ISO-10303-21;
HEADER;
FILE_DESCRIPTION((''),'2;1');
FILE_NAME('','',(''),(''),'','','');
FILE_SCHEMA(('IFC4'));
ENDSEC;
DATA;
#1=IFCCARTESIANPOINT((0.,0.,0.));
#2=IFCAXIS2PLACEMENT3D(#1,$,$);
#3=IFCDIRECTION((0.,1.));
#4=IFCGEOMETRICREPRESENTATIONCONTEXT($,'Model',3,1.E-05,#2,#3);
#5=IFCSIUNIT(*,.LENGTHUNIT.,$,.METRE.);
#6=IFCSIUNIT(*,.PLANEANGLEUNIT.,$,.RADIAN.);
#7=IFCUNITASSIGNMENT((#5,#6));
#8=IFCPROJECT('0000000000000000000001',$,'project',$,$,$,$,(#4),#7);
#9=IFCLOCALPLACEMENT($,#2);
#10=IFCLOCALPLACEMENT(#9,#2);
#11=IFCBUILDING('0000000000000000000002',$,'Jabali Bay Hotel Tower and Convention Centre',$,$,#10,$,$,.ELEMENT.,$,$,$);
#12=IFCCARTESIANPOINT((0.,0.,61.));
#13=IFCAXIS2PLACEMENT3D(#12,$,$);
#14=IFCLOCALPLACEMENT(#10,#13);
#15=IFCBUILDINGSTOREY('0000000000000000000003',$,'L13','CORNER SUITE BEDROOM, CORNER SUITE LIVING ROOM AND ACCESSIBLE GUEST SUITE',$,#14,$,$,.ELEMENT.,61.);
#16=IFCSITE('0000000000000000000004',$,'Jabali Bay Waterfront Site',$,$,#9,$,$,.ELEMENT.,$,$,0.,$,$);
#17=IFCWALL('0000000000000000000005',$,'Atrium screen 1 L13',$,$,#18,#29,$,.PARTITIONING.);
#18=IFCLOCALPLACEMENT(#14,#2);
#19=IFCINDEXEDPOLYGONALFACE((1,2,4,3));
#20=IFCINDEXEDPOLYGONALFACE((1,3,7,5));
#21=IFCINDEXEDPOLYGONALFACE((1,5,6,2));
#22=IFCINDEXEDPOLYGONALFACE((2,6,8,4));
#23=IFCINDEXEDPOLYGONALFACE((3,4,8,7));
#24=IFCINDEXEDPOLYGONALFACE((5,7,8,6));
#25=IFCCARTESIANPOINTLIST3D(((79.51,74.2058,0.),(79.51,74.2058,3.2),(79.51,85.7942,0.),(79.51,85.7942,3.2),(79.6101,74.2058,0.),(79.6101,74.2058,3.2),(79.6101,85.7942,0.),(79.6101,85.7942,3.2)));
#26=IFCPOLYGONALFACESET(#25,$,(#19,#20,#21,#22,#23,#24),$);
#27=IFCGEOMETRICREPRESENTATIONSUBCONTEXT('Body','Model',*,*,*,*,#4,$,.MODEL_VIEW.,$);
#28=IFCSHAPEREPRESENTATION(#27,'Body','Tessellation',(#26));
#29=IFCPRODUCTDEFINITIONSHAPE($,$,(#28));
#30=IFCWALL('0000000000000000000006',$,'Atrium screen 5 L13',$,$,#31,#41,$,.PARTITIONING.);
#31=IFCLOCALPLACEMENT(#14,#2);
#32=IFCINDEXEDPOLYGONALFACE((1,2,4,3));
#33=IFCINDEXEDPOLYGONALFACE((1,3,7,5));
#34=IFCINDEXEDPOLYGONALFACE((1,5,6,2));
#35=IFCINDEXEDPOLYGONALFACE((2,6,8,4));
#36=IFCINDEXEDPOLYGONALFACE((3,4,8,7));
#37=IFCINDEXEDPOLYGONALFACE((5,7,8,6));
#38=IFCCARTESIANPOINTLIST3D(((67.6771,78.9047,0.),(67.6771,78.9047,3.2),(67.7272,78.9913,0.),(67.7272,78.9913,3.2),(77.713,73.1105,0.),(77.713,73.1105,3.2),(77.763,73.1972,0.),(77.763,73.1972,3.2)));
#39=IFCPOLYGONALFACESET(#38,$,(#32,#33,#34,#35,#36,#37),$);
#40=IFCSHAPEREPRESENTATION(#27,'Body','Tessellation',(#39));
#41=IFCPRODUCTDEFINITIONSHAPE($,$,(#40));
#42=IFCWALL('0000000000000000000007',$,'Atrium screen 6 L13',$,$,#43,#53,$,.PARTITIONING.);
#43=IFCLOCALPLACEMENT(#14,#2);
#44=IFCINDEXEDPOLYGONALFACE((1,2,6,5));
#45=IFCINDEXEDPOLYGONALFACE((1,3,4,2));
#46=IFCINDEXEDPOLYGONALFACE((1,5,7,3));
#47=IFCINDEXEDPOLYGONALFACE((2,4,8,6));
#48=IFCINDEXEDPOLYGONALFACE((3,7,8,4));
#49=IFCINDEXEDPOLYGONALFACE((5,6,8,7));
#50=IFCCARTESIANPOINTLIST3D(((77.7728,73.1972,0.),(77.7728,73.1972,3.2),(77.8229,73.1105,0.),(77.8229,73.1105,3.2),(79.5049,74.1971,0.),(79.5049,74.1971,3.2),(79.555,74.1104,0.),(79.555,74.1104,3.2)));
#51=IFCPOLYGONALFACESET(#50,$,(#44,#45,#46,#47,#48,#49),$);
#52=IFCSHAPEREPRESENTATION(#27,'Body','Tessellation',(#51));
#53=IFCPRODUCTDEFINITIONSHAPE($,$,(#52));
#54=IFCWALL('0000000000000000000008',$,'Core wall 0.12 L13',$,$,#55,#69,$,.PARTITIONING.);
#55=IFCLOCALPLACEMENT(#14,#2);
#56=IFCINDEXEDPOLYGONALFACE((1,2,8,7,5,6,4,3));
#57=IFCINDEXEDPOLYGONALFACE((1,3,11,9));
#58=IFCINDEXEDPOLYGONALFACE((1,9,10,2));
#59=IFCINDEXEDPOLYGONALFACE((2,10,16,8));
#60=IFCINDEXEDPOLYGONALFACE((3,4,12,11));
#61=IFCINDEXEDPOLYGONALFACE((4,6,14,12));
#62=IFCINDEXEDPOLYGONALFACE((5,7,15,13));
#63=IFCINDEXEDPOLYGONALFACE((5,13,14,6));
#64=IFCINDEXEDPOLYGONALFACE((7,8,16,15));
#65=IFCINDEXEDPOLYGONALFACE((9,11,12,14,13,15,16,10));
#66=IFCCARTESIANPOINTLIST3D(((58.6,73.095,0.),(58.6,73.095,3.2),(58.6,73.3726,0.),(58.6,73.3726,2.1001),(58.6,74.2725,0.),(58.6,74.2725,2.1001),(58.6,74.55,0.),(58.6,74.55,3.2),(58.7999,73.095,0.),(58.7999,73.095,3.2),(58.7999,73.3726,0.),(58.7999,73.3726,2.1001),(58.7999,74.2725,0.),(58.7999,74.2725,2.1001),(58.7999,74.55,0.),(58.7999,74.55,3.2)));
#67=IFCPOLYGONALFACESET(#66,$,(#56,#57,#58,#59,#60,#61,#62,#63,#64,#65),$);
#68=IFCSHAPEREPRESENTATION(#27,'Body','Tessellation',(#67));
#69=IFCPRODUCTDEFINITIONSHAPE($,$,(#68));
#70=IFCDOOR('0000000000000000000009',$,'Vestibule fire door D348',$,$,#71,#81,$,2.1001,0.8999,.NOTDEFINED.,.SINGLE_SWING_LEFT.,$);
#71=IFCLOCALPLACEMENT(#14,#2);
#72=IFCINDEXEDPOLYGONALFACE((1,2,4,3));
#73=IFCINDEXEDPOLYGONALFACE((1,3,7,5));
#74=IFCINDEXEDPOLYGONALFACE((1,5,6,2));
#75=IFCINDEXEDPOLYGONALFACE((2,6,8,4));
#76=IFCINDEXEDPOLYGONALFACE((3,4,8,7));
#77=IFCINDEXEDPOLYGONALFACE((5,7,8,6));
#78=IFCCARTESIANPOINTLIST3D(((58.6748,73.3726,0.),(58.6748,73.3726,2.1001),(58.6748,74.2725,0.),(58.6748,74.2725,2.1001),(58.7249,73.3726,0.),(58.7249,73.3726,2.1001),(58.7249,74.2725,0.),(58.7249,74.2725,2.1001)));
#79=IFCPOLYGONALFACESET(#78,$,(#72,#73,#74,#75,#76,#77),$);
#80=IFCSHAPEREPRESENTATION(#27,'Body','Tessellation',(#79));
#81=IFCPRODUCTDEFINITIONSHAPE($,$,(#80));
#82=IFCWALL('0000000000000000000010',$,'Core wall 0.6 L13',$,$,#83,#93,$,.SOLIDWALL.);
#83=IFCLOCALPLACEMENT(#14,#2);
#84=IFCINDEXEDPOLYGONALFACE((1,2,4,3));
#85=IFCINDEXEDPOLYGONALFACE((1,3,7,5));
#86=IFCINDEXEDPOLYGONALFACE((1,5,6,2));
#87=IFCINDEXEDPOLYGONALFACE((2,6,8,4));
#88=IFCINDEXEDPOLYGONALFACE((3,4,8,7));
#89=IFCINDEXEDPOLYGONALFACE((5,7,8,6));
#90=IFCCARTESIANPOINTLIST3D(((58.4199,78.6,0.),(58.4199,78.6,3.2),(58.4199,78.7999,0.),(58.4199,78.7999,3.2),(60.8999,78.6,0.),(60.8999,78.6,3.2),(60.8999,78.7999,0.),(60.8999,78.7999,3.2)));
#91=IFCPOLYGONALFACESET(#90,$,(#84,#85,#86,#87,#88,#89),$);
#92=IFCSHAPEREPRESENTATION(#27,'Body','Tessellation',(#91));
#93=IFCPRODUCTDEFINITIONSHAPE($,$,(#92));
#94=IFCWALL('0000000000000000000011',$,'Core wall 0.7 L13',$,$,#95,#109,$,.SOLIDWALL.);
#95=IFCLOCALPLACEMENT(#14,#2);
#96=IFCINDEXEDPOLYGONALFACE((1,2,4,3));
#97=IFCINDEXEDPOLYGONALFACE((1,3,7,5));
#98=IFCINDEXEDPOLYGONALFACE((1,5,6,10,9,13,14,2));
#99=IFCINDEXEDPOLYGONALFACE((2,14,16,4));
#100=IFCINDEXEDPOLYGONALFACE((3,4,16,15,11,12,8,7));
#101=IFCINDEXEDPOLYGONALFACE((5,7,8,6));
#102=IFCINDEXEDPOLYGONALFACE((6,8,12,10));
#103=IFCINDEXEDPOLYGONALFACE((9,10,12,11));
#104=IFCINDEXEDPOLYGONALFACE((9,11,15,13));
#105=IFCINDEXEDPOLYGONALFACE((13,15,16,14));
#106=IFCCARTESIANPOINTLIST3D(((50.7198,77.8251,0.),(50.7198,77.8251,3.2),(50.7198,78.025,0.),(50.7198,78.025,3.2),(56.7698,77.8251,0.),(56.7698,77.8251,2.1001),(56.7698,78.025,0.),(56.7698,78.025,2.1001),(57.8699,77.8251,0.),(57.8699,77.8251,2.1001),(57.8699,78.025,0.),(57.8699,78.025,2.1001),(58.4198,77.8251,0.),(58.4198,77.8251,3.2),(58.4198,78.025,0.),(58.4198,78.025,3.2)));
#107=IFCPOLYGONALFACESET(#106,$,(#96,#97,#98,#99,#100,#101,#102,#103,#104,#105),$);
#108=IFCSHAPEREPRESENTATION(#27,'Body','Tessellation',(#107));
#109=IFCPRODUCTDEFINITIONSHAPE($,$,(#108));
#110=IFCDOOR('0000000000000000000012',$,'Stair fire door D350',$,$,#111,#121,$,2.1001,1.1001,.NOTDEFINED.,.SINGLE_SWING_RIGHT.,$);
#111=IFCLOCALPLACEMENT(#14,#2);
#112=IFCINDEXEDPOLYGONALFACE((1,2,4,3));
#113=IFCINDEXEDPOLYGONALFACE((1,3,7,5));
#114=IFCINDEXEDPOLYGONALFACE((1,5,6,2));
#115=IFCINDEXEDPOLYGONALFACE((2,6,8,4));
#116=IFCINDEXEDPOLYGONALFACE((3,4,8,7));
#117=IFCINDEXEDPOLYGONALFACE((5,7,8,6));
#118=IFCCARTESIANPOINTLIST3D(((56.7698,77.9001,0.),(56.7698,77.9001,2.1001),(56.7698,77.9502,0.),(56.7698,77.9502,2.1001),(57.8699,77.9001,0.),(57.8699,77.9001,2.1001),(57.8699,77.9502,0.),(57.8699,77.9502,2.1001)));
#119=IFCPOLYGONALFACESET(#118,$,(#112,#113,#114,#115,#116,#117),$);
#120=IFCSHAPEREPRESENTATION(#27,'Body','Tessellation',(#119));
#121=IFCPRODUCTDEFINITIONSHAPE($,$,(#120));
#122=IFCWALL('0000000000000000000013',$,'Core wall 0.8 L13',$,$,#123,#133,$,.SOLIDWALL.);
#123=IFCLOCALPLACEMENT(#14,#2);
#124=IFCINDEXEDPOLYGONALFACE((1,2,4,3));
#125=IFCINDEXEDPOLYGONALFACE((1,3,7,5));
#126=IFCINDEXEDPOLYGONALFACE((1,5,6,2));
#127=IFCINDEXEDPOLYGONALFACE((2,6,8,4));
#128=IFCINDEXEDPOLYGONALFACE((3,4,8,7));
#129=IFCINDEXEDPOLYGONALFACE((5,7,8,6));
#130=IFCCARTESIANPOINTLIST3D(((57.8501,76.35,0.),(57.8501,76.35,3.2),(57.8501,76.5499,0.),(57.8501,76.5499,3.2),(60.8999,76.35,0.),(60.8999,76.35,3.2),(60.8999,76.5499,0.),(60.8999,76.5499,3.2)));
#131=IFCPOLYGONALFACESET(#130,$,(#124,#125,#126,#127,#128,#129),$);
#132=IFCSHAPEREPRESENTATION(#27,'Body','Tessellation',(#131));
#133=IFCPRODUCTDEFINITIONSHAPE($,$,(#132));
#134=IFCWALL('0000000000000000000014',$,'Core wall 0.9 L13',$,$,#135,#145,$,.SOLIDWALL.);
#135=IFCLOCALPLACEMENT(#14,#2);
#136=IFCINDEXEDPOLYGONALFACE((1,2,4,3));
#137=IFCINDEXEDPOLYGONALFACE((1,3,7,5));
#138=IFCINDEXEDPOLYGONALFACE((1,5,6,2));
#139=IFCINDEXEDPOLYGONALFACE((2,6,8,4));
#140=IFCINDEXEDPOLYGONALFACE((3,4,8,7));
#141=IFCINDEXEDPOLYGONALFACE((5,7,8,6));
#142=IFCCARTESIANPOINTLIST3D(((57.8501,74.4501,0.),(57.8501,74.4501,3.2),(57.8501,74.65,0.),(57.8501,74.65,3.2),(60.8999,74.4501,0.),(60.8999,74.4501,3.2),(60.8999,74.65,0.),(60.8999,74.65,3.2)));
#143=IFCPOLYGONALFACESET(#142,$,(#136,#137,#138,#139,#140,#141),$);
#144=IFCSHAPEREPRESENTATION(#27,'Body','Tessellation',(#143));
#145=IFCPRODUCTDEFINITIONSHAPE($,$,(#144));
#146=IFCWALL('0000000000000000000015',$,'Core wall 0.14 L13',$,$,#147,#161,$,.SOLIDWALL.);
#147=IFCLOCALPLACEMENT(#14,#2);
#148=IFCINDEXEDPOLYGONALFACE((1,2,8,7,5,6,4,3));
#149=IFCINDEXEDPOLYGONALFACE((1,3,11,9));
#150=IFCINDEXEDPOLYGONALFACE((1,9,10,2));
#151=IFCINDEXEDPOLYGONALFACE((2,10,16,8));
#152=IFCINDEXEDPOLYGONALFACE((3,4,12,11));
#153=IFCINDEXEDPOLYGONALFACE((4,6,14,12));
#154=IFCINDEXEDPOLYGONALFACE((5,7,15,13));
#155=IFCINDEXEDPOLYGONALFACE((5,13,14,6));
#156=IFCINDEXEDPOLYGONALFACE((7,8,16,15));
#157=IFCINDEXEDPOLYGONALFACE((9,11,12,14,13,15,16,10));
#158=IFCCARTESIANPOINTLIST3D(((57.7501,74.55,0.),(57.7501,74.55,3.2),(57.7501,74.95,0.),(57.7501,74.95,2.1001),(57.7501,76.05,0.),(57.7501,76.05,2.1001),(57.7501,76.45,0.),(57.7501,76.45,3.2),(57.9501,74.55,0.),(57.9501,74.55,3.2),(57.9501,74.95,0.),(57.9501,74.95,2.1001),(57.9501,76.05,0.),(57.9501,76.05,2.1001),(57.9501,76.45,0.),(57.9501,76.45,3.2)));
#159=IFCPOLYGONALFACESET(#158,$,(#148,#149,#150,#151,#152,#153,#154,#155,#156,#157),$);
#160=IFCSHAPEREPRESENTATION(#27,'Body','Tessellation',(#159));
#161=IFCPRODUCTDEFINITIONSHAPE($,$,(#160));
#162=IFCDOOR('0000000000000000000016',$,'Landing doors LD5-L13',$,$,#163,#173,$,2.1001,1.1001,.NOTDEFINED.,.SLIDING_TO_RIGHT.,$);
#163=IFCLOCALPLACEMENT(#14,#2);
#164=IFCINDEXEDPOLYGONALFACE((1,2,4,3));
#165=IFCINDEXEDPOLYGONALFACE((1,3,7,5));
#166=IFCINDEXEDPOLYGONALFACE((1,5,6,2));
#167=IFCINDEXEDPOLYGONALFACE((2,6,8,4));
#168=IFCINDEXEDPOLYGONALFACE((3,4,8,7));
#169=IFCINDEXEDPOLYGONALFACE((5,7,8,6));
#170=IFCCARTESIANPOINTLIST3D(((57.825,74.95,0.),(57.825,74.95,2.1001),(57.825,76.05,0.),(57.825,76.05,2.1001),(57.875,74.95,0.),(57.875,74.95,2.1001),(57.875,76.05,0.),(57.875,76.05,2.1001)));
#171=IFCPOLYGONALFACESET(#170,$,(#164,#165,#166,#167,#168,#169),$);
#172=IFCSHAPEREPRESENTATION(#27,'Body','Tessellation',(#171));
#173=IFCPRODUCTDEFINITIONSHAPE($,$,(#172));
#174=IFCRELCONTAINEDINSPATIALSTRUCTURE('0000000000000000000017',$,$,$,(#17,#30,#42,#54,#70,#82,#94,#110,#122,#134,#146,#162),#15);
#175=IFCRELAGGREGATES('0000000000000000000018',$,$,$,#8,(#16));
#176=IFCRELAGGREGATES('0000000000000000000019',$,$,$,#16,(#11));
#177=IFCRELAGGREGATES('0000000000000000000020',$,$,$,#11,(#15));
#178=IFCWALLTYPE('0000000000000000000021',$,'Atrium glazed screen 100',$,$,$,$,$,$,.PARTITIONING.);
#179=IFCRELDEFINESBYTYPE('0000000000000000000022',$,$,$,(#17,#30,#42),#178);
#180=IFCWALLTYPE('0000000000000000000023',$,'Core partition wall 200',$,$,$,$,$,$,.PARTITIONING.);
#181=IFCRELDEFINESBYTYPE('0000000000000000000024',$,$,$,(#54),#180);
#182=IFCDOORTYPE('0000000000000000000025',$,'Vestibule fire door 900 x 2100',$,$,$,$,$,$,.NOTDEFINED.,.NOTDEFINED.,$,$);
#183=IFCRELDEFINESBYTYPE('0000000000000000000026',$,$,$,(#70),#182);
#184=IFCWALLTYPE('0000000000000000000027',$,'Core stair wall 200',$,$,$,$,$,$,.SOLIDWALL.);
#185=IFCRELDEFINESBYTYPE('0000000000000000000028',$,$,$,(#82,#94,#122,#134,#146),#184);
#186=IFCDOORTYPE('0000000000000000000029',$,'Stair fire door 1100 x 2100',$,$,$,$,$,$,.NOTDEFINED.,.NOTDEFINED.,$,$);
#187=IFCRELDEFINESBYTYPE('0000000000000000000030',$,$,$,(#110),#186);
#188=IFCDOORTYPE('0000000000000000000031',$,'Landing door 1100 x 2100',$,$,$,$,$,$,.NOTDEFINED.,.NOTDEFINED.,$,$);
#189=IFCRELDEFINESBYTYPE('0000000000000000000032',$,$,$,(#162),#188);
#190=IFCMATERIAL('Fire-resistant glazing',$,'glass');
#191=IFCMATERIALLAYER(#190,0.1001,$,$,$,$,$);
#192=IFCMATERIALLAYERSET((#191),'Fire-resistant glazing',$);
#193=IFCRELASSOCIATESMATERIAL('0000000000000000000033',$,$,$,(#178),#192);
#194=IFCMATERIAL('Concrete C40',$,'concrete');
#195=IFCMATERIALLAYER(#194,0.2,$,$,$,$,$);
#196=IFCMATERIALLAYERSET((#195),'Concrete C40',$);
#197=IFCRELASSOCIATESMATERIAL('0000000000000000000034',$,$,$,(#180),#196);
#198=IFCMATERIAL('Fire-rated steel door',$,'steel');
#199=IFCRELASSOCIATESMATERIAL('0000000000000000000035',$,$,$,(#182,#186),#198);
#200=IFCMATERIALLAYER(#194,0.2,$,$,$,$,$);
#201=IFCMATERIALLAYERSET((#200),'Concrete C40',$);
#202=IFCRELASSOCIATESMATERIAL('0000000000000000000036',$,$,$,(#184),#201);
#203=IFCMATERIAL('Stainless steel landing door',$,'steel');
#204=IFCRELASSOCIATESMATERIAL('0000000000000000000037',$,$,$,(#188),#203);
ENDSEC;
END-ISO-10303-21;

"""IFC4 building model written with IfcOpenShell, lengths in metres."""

from ifc_helpers import new_model, si_unit, direction, frame, frame_2d, origin, place, context, subcontext, project, spatial, rectangle, extrude, material, layer, layer_set, type_object, element, fill, save


model = new_model("IFC4")

# Units and contexts
model_context = context("Model", 3, precision=1e-05, world=origin(), true_north=direction((0.0, 1.0)))
body_context = subcontext(model_context, "Body", "Model", "MODEL_VIEW")
ifc_project = project(units=[si_unit("LENGTHUNIT", "METRE"), si_unit("PLANEANGLEUNIT", "RADIAN")], contexts=[model_context])

# Site, building, storey
site_placement = place(None, origin())
site = spatial("IfcSite", under=ifc_project, at=site_placement, Name="Jabali Bay Waterfront Site", CompositionType="ELEMENT", RefElevation=0.0)
building_placement = place(site_placement, origin())
building = spatial("IfcBuilding", under=site, at=building_placement, Name="Jabali Bay Hotel Tower and Convention Centre", CompositionType="ELEMENT")
storey_placement = place(building_placement, frame((0.0, 0.0, 61.0)))
storey = spatial("IfcBuildingStorey", under=building, at=storey_placement, Name="L13", Description="CORNER SUITE BEDROOM, CORNER SUITE LIVING ROOM AND ACCESSIBLE GUEST SUITE", CompositionType="ELEMENT", Elevation=61.0)

# Walls
ifc_material_1 = material(Name="Fire-resistant glazing", Category="glass")
ifc_layer_1 = layer(ifc_material_1, 0.1001)
ifc_layer_set_1 = layer_set([ifc_layer_1], Name="Fire-resistant glazing")
wall_type_1 = type_object("IfcWallType", Name="Atrium glazed screen 100", PredefinedType="PARTITIONING", material=ifc_layer_set_1)
for number, where, z_axis, x_axis, name in (
    (1, (79.5601, 74.2058, 0.0), (0.0, 0.0, 1.0), (0.0, 1.0, 0.0), "Atrium screen 1 L13"),
    (2, (67.7021, 78.948, 0.0), (0.0, 0.0, 1.0), (0.866027, -0.499998, 0.0), "Atrium screen 5 L13"),
):
    element("IfcWall", number, at=place(storey_placement, frame(where, z_axis=z_axis, x_axis=x_axis)), inside=storey, type_object=wall_type_1, Name=name, PredefinedType="PARTITIONING", context=body_context, shape_type="SweptSolid", body=[
        extrude(rectangle(XDim=11.5884, YDim=0.1001, at=frame_2d((5.7942, 0.0))), origin(), (0.0, 0.0, 1.0), 3.2),
    ])
wall_1_placement = place(storey_placement, frame((77.7979, 73.1538, 0.0), z_axis=(0.0, 0.0, 1.0), x_axis=(0.866041, 0.499973, 0.0)))
element("IfcWall", 3, at=wall_1_placement, inside=storey, type_object=wall_type_1, Name="Atrium screen 6 L13", PredefinedType="PARTITIONING", context=body_context, shape_type="SweptSolid", body=[
    extrude(rectangle(XDim=2.0, YDim=0.1001, at=frame_2d((1.0, 0.0))), origin(), (0.0, 0.0, 1.0), 3.2),
])

# Wall, opening, door
ifc_material_2 = material(Name="Concrete C40", Category="concrete")
ifc_layer_2 = layer(ifc_material_2, 0.2)
ifc_layer_set_2 = layer_set([ifc_layer_2], Name="Concrete C40")
wall_type_2 = type_object("IfcWallType", Name="Core partition wall 200", PredefinedType="PARTITIONING", material=ifc_layer_set_2)
wall_2_placement = place(storey_placement, frame((58.7, 74.55, 0.0), z_axis=(0.0, 0.0, 1.0), x_axis=(0.0, -1.0, 0.0)))
wall_2 = element("IfcWall", 4, at=wall_2_placement, inside=storey, type_object=wall_type_2, Name="Core wall 0.12 L13", PredefinedType="PARTITIONING", context=body_context, shape_type="SweptSolid", body=[
    extrude(rectangle(XDim=1.4551, YDim=0.2, at=frame_2d((0.7275, 0.0))), origin(), (0.0, 0.0, 1.0), 3.2),
])
opening_1_placement = place(wall_2_placement, frame((0.2776, 0.0, 0.0)))
opening_1 = element("IfcOpeningElement", 5, at=opening_1_placement, cuts=wall_2, PredefinedType="OPENING", context=body_context, shape_type="SweptSolid", body=[
    extrude(rectangle(XDim=0.8999, YDim=2.1001, at=frame_2d((0.45, 1.05))), frame((0.0, 0.1104, 0.0), z_axis=(0.0, -1.0, 0.0), x_axis=(1.0, 0.0, 0.0)), (0.0, 0.0, 1.0), 0.2209),
])
ifc_material_3 = material(Name="Fire-rated steel door", Category="steel")
door_type_1 = type_object("IfcDoorType", Name="Vestibule fire door 900 x 2100", OperationType="NOTDEFINED", PredefinedType="NOTDEFINED", material=ifc_material_3)
door_1_placement = place(opening_1_placement, origin())
door_1 = element("IfcDoor", 6, at=door_1_placement, inside=storey, type_object=door_type_1, Name="Vestibule fire door D348", OperationType="SINGLE_SWING_LEFT", OverallHeight=2.1001, OverallWidth=0.8999, PredefinedType="NOTDEFINED", context=body_context, shape_type="SweptSolid", body=[
    extrude(rectangle(XDim=0.8999, YDim=2.1001, at=frame_2d((0.45, 1.05))), frame((0.0, 0.0249, 0.0), z_axis=(0.0, -1.0, 0.0), x_axis=(1.0, 0.0, 0.0)), (0.0, 0.0, 1.0), 0.05),
])
fill(opening_1, door_1)

# Wall
ifc_layer_3 = layer(ifc_material_2, 0.2)
ifc_layer_set_3 = layer_set([ifc_layer_3], Name="Concrete C40")
wall_type_3 = type_object("IfcWallType", Name="Core stair wall 200", PredefinedType="SOLIDWALL", material=ifc_layer_set_3)
wall_3_placement = place(storey_placement, frame((60.8999, 78.7, 0.0), z_axis=(0.0, 0.0, 1.0), x_axis=(-1.0, 0.0, 0.0)))
element("IfcWall", 7, at=wall_3_placement, inside=storey, type_object=wall_type_3, Name="Core wall 0.6 L13", PredefinedType="SOLIDWALL", context=body_context, shape_type="SweptSolid", body=[
    extrude(rectangle(XDim=2.48, YDim=0.2, at=frame_2d((1.24, 0.0))), origin(), (0.0, 0.0, 1.0), 3.2),
])

# Wall, opening, door
wall_4_placement = place(storey_placement, frame((58.4199, 77.925, 0.0), z_axis=(0.0, 0.0, 1.0), x_axis=(-1.0, 0.0, 0.0)))
wall_4 = element("IfcWall", 8, at=wall_4_placement, inside=storey, type_object=wall_type_3, Name="Core wall 0.7 L13", PredefinedType="SOLIDWALL", context=body_context, shape_type="SweptSolid", body=[
    extrude(rectangle(XDim=7.7, YDim=0.2, at=frame_2d((3.8501, 0.0))), origin(), (0.0, 0.0, 1.0), 3.2),
])
opening_2_placement = place(wall_4_placement, frame((0.55, 0.0, 0.0)))
opening_2 = element("IfcOpeningElement", 9, at=opening_2_placement, cuts=wall_4, PredefinedType="OPENING", context=body_context, shape_type="SweptSolid", body=[
    extrude(rectangle(XDim=1.1001, YDim=2.1001, at=frame_2d((0.55, 1.05))), frame((0.0, 0.1104, 0.0), z_axis=(0.0, -1.0, 0.0), x_axis=(1.0, 0.0, 0.0)), (0.0, 0.0, 1.0), 0.2209),
])
door_type_2 = type_object("IfcDoorType", Name="Stair fire door 1100 x 2100", OperationType="NOTDEFINED", PredefinedType="NOTDEFINED", material=ifc_material_3)
door_2_placement = place(opening_2_placement, origin())
door_2 = element("IfcDoor", 10, at=door_2_placement, inside=storey, type_object=door_type_2, Name="Stair fire door D350", OperationType="SINGLE_SWING_RIGHT", OverallHeight=2.1001, OverallWidth=1.1001, PredefinedType="NOTDEFINED", context=body_context, shape_type="SweptSolid", body=[
    extrude(rectangle(XDim=1.1001, YDim=2.1001, at=frame_2d((0.55, 1.05))), frame((0.0, 0.0249, 0.0), z_axis=(0.0, -1.0, 0.0), x_axis=(1.0, 0.0, 0.0)), (0.0, 0.0, 1.0), 0.05),
])
fill(opening_2, door_2)

# Walls
for number, where, z_axis, x_axis, name in (
    (11, (60.8999, 76.45, 0.0), (0.0, 0.0, 1.0), (-1.0, 0.0, 0.0), "Core wall 0.8 L13"),
    (12, (60.8999, 74.55, 0.0), (0.0, 0.0, 1.0), (-1.0, 0.0, 0.0), "Core wall 0.9 L13"),
):
    element("IfcWall", number, at=place(storey_placement, frame(where, z_axis=z_axis, x_axis=x_axis)), inside=storey, type_object=wall_type_3, Name=name, PredefinedType="SOLIDWALL", context=body_context, shape_type="SweptSolid", body=[
        extrude(rectangle(XDim=3.0498, YDim=0.2, at=frame_2d((1.5249, 0.0))), origin(), (0.0, 0.0, 1.0), 3.2),
    ])

# Wall, opening, door
wall_5_placement = place(storey_placement, frame((57.8501, 76.45, 0.0), z_axis=(0.0, 0.0, 1.0), x_axis=(0.0, -1.0, 0.0)))
wall_5 = element("IfcWall", 13, at=wall_5_placement, inside=storey, type_object=wall_type_3, Name="Core wall 0.14 L13", PredefinedType="SOLIDWALL", context=body_context, shape_type="SweptSolid", body=[
    extrude(rectangle(XDim=1.8999, YDim=0.2, at=frame_2d((0.95, 0.0))), origin(), (0.0, 0.0, 1.0), 3.2),
])
opening_3_placement = place(wall_5_placement, frame((0.3999, 0.0, 0.0)))
opening_3 = element("IfcOpeningElement", 14, at=opening_3_placement, cuts=wall_5, PredefinedType="OPENING", context=body_context, shape_type="SweptSolid", body=[
    extrude(rectangle(XDim=1.1001, YDim=2.1001, at=frame_2d((0.55, 1.05))), frame((0.0, 0.1104, 0.0), z_axis=(0.0, -1.0, 0.0), x_axis=(1.0, 0.0, 0.0)), (0.0, 0.0, 1.0), 0.2209),
])
ifc_material_4 = material(Name="Stainless steel landing door", Category="steel")
door_type_3 = type_object("IfcDoorType", Name="Landing door 1100 x 2100", OperationType="NOTDEFINED", PredefinedType="NOTDEFINED", material=ifc_material_4)
door_3_placement = place(opening_3_placement, origin())
door_3 = element("IfcDoor", 15, at=door_3_placement, inside=storey, type_object=door_type_3, Name="Landing doors LD5-L13", OperationType="SLIDING_TO_RIGHT", OverallHeight=2.1001, OverallWidth=1.1001, PredefinedType="NOTDEFINED", context=body_context, shape_type="SweptSolid", body=[
    extrude(rectangle(XDim=1.1001, YDim=2.1001, at=frame_2d((0.55, 1.05))), frame((0.0, 0.0249, 0.0), z_axis=(0.0, -1.0, 0.0), x_axis=(1.0, 0.0, 0.0)), (0.0, 0.0, 1.0), 0.05),
])
fill(opening_3, door_3)

save(model, "model.ifc")
